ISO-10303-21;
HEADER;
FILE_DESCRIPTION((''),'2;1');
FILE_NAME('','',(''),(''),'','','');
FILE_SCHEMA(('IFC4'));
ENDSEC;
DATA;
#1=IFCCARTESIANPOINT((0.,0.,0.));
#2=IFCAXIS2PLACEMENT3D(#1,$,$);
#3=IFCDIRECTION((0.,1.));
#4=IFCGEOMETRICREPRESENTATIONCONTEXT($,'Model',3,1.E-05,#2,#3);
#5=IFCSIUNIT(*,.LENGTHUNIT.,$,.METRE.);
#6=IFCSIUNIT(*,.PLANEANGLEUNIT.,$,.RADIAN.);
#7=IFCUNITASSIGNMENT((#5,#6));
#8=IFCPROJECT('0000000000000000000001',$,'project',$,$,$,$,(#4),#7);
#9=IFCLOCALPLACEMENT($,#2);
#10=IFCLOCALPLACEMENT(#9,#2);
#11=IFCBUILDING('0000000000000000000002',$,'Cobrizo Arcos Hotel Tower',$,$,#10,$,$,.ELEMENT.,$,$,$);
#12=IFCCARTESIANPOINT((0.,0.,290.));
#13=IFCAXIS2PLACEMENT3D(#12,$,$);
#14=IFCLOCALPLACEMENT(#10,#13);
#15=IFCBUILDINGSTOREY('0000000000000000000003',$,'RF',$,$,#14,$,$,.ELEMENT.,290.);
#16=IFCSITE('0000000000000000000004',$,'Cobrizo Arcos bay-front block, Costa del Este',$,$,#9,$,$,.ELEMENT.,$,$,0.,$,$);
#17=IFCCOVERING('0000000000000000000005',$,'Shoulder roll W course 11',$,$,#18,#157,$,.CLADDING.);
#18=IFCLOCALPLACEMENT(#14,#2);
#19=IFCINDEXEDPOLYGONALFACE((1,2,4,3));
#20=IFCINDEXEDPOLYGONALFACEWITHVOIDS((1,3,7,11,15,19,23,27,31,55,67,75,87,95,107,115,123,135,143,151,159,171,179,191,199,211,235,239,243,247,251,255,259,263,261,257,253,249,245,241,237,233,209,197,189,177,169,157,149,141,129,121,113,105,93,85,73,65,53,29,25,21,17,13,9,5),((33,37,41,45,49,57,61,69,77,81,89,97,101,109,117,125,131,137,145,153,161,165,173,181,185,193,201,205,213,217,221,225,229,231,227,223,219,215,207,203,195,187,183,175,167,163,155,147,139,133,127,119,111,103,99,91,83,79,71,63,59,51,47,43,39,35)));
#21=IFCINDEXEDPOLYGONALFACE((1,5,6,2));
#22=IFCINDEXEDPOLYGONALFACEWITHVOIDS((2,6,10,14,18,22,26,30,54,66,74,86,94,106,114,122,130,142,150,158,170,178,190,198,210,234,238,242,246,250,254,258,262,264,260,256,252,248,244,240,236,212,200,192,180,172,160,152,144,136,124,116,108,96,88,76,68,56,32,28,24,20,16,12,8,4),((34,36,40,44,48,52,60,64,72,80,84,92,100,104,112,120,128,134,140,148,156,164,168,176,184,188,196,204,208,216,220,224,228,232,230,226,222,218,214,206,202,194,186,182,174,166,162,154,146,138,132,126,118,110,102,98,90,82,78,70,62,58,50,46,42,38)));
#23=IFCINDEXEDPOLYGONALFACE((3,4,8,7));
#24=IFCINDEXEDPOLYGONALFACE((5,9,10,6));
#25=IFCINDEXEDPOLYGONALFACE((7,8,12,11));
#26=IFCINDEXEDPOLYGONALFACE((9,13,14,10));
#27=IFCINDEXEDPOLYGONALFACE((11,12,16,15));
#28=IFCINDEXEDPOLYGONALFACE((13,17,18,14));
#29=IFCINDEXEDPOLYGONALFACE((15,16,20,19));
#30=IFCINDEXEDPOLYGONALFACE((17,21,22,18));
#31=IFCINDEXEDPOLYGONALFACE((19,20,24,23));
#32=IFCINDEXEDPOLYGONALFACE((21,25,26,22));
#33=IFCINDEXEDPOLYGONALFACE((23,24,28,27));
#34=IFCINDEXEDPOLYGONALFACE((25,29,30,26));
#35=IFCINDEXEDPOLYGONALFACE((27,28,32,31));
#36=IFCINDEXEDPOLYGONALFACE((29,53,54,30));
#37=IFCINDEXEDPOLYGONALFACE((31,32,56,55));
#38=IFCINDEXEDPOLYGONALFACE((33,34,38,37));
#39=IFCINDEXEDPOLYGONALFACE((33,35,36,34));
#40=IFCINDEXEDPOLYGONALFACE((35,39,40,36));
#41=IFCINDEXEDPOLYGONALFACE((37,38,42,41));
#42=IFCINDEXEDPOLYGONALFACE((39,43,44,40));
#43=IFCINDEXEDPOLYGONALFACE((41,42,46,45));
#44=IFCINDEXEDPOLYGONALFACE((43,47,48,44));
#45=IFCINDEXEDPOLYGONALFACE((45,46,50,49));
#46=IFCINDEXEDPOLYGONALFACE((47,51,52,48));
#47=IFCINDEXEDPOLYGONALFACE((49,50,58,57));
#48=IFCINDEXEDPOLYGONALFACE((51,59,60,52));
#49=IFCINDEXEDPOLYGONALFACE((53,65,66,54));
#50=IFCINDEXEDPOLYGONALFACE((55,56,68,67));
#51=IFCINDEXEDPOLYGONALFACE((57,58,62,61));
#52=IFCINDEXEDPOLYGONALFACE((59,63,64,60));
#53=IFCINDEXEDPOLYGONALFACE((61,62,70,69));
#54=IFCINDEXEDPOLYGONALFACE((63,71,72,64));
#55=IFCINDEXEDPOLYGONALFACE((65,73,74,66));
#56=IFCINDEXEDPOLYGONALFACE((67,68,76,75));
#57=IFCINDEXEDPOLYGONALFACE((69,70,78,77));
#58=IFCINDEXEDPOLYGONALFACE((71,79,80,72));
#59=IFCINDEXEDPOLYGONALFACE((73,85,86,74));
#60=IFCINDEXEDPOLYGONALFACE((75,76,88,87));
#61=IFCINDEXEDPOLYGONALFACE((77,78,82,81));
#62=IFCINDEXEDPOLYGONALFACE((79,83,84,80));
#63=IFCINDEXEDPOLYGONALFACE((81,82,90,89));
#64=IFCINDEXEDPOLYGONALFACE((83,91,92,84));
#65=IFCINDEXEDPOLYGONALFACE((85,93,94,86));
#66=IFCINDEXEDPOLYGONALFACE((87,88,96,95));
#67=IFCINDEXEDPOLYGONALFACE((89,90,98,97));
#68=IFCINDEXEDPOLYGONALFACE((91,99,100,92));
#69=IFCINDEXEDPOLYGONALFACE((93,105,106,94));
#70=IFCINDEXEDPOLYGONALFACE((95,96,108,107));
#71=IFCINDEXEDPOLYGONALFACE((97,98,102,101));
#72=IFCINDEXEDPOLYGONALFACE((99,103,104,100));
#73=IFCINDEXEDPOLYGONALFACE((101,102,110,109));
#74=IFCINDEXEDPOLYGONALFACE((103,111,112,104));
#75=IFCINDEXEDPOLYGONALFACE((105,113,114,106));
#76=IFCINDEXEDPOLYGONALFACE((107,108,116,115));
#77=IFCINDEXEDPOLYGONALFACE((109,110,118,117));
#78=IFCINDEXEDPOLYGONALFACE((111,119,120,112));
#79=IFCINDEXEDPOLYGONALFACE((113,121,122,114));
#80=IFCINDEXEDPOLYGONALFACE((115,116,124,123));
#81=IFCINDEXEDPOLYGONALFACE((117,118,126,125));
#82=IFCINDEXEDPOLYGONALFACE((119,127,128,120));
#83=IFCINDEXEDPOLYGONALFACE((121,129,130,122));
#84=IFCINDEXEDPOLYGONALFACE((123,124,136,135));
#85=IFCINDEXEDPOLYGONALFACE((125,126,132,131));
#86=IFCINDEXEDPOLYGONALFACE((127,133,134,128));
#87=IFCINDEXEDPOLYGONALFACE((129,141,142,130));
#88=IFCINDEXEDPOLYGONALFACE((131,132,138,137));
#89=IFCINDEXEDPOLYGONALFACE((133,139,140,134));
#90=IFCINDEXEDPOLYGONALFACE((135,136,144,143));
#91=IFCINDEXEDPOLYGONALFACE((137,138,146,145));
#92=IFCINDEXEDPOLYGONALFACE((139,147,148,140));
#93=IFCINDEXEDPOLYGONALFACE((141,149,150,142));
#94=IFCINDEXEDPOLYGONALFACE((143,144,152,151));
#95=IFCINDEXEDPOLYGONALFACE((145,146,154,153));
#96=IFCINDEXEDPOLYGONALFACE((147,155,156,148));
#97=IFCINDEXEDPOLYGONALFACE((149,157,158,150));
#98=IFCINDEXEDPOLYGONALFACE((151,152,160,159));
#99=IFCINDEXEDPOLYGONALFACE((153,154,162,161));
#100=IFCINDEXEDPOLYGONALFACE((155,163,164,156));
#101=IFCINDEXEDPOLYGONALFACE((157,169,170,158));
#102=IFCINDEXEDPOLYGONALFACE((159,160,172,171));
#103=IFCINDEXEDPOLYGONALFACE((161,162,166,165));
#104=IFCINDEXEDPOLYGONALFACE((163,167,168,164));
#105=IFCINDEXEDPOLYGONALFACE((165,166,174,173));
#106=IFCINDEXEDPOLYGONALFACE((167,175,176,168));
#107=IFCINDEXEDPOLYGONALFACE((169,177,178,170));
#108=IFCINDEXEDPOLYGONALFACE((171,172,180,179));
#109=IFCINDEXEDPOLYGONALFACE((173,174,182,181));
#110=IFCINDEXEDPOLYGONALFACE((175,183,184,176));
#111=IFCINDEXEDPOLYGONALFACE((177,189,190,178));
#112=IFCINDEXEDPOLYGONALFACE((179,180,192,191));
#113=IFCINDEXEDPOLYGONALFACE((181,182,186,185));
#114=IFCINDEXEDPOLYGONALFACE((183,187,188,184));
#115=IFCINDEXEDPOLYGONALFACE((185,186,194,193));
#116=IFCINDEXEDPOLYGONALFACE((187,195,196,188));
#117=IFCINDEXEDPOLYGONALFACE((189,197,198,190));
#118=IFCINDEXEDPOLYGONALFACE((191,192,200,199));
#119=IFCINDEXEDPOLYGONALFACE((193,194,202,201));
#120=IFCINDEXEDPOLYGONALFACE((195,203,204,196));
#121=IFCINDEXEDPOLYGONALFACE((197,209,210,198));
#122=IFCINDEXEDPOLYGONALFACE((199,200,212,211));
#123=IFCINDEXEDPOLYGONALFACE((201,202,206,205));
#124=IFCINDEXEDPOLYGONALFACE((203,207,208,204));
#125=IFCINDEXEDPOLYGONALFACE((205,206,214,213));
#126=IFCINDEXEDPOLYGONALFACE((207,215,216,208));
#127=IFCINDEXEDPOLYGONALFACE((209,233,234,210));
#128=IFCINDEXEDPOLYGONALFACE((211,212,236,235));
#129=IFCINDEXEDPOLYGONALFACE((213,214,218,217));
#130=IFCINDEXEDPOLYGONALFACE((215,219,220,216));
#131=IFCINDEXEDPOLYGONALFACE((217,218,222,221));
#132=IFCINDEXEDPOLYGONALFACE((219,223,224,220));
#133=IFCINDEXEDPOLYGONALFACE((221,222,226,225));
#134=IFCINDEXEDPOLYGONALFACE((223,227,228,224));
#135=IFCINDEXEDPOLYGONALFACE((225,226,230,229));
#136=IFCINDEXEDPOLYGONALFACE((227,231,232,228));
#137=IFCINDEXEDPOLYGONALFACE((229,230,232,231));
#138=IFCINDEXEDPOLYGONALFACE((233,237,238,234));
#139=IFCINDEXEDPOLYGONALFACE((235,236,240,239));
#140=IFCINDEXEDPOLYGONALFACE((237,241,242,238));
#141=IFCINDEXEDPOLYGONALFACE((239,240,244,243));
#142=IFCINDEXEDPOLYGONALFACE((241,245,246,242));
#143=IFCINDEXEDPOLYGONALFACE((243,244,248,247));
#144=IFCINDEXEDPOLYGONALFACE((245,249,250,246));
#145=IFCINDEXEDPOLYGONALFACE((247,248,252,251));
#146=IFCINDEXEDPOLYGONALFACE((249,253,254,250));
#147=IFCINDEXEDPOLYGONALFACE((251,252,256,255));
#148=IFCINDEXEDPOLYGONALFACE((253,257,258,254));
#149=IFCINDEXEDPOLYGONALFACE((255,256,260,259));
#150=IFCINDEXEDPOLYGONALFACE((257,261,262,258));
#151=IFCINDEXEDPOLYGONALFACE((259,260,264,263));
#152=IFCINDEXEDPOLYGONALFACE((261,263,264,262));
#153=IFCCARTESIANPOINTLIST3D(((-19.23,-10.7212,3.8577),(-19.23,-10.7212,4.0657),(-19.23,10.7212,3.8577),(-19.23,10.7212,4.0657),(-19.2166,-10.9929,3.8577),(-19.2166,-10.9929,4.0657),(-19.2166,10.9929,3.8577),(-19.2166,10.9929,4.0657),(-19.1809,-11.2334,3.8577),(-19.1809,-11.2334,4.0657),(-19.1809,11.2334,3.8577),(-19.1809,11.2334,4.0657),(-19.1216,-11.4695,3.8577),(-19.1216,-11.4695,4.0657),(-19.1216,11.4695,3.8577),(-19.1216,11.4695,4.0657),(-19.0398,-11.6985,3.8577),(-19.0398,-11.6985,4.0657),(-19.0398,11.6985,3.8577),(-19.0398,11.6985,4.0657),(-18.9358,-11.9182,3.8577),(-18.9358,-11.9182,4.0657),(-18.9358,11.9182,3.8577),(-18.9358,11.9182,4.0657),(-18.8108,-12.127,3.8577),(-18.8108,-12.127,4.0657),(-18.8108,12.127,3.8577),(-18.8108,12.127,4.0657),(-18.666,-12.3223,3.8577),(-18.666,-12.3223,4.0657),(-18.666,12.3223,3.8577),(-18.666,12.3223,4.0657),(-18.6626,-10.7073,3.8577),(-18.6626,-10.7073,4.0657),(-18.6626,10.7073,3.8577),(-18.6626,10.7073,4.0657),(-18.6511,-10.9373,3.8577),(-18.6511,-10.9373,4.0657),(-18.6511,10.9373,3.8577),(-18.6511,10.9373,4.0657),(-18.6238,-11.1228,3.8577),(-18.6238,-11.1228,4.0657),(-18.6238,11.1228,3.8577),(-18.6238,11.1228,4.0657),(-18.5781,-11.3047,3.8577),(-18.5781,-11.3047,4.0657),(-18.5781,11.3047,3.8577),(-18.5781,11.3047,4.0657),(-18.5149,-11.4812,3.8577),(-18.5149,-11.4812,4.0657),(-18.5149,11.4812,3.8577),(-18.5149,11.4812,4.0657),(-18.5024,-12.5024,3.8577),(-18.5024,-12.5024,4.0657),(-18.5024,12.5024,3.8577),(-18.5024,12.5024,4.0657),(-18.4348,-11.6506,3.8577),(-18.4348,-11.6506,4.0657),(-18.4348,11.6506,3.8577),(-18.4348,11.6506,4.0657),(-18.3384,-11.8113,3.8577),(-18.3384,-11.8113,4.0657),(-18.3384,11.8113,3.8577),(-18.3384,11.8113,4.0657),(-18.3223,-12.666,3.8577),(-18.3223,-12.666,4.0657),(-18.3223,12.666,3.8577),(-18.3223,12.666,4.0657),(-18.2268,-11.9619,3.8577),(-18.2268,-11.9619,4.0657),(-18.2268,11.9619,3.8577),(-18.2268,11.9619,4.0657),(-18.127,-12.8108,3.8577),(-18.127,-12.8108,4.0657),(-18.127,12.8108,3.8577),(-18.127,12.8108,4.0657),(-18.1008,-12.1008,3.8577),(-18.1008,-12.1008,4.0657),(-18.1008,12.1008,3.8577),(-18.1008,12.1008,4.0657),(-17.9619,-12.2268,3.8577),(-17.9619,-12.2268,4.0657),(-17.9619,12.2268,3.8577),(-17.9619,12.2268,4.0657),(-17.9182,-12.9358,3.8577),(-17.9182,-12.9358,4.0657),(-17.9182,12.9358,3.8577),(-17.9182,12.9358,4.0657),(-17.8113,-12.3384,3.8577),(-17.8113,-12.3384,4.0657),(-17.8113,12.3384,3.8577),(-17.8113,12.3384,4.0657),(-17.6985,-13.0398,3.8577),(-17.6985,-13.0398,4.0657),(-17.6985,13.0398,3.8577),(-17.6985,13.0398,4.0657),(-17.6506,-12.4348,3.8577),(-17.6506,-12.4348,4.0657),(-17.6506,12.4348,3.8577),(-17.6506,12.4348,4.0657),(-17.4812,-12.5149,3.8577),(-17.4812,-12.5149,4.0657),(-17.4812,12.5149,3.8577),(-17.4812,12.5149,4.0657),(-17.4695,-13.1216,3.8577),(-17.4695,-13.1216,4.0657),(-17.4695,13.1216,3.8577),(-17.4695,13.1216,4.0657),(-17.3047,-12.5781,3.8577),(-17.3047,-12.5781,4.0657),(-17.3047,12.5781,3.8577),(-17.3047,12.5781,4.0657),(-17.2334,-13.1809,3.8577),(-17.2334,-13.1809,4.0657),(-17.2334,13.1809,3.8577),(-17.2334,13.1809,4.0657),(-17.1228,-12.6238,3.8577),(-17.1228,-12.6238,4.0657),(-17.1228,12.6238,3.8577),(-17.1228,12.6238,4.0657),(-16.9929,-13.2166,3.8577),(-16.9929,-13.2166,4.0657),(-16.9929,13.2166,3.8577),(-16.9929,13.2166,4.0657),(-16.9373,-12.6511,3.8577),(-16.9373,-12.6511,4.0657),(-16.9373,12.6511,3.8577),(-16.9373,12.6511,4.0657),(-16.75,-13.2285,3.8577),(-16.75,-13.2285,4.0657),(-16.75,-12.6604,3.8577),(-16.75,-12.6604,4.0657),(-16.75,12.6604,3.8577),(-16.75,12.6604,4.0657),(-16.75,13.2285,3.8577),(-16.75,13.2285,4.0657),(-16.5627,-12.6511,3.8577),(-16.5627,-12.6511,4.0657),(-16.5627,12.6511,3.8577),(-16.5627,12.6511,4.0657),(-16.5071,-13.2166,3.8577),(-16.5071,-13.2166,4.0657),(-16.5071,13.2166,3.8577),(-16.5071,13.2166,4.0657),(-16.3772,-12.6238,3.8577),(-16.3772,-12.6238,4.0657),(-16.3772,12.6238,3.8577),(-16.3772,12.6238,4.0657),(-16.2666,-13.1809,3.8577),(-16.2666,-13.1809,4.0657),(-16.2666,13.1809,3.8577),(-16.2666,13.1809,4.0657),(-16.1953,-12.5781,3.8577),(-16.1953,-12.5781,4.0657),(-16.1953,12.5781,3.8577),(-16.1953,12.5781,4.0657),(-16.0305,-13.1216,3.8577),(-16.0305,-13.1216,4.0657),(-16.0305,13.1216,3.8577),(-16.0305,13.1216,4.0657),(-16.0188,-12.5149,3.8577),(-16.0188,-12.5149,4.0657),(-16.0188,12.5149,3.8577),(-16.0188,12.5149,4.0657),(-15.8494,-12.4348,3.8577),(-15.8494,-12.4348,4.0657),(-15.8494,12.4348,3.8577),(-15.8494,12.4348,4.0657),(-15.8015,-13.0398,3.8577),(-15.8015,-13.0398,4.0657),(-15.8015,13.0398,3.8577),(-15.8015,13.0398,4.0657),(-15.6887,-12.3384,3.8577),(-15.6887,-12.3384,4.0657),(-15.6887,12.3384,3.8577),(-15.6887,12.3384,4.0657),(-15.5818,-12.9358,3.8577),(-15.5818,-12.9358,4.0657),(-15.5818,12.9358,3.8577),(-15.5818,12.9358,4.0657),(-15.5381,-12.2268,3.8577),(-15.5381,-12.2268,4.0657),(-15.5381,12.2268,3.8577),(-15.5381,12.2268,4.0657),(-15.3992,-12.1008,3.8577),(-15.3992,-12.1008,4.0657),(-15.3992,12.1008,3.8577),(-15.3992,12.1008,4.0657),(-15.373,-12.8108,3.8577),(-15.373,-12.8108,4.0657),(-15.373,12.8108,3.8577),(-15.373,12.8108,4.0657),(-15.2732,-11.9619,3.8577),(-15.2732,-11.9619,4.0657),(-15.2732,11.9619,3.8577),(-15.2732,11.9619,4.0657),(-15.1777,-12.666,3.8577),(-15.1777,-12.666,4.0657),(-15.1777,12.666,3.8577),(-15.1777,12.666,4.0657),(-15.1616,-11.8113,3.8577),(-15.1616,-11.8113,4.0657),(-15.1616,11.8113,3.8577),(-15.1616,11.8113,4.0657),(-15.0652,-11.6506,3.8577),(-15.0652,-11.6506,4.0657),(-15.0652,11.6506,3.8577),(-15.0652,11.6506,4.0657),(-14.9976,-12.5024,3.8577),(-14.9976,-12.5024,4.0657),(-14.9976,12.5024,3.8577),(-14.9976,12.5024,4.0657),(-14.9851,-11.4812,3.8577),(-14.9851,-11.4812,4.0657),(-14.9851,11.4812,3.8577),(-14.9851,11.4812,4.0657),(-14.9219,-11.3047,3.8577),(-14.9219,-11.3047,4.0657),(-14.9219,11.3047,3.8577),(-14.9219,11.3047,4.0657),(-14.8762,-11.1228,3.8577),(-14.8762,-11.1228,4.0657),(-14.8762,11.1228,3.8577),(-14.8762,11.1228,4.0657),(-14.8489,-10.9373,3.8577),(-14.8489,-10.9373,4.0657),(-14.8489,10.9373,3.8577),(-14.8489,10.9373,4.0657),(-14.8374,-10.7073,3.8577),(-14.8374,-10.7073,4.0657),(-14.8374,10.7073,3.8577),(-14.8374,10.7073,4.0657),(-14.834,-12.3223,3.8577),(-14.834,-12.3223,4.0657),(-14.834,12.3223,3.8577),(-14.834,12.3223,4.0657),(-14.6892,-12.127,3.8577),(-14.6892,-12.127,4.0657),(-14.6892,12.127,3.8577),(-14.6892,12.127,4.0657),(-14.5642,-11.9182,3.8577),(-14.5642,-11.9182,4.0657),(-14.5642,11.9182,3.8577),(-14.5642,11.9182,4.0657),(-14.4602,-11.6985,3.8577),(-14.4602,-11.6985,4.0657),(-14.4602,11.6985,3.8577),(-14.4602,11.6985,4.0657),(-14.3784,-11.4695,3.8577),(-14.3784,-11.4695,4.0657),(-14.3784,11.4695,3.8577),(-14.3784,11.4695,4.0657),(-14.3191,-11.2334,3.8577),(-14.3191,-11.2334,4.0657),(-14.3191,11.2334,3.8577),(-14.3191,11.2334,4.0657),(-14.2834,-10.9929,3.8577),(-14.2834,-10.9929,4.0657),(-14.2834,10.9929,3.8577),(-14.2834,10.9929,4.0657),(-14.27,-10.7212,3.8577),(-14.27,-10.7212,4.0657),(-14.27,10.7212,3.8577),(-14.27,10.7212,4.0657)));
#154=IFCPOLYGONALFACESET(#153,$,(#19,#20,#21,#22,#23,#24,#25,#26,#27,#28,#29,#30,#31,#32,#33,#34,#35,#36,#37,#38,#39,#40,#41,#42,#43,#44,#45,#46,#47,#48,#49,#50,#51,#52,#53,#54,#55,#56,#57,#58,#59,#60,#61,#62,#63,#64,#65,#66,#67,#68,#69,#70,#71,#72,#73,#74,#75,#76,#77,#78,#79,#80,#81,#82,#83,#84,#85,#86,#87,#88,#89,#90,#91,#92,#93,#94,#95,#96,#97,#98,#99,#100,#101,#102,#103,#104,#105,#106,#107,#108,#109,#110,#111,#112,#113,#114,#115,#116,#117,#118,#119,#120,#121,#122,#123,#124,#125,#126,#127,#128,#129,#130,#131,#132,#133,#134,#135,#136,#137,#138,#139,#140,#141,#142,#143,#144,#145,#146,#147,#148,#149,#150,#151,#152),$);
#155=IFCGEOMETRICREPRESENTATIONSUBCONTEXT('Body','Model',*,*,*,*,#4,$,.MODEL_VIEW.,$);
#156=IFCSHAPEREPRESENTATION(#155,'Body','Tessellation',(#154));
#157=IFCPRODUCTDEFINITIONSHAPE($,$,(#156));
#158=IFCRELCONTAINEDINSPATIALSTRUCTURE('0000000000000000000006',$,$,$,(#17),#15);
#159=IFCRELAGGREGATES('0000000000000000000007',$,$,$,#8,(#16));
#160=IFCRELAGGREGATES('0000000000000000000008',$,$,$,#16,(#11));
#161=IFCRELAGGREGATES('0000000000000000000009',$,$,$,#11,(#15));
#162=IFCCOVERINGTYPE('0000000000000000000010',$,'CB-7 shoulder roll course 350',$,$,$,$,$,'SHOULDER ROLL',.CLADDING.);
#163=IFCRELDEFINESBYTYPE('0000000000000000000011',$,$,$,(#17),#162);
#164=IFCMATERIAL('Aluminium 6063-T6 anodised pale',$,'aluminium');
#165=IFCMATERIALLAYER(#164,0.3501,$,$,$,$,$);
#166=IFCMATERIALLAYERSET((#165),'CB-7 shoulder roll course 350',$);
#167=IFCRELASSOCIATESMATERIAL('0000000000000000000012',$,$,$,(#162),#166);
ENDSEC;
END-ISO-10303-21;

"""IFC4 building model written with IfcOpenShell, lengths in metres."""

from ifc_helpers import new_model, si_unit, direction, frame, origin, place, context, subcontext, project, spatial, polyline, outline, extrude, material, layer, layer_set, type_object, element, save


model = new_model("IFC4")

# Units and contexts
model_context = context("Model", 3, precision=1e-05, world=origin(), true_north=direction((0.0, 1.0)))
body_context = subcontext(model_context, "Body", "Model", "MODEL_VIEW")
ifc_project = project(units=[si_unit("LENGTHUNIT", "METRE"), si_unit("PLANEANGLEUNIT", "RADIAN")], contexts=[model_context])

# Site, building, storey
site_placement = place(None, origin())
site = spatial("IfcSite", under=ifc_project, at=site_placement, Name="Cobrizo Arcos bay-front block, Costa del Este", CompositionType="ELEMENT", RefElevation=0.0)
building_placement = place(site_placement, origin())
building = spatial("IfcBuilding", under=site, at=building_placement, Name="Cobrizo Arcos Hotel Tower", CompositionType="ELEMENT")
storey_placement = place(building_placement, frame((0.0, 0.0, 290.0)))
storey = spatial("IfcBuildingStorey", under=building, at=storey_placement, Name="RF", CompositionType="ELEMENT", Elevation=290.0)

# Covering
ifc_material_1 = material(Name="Aluminium 6063-T6 anodised pale", Category="aluminium")
ifc_layer_1 = layer(ifc_material_1, 0.3501)
ifc_layer_set_1 = layer_set([ifc_layer_1], Name="CB-7 shoulder roll course 350")
covering_type_1 = type_object("IfcCoveringType", Name="CB-7 shoulder roll course 350", ElementType="SHOULDER ROLL", PredefinedType="CLADDING", material=ifc_layer_set_1)
covering_1_placement = place(storey_placement, frame((0.0, 0.0, 3.8577)))
element("IfcCovering", 1, at=covering_1_placement, inside=storey, type_object=covering_type_1, Name="Shoulder roll W course 11", PredefinedType="CLADDING", context=body_context, shape_type="SweptSolid", body=[
    extrude(outline(polyline([(-19.23, 10.7212), (-19.2166, 10.9929), (-19.1809, 11.2334), (-19.1216, 11.4695), (-19.0398, 11.6985), (-18.9358, 11.9182), (-18.8108, 12.127), (-18.666, 12.3223), (-18.5024, 12.5024), (-18.3223, 12.666), (-18.127, 12.8108), (-17.9182, 12.9358), (-17.6985, 13.0398), (-17.4695, 13.1216), (-17.2334, 13.1809), (-16.9929, 13.2166), (-16.75, 13.2285), (-16.5071, 13.2166), (-16.2666, 13.1809), (-16.0305, 13.1216), (-15.8015, 13.0398), (-15.5818, 12.9358), (-15.373, 12.8108), (-15.1777, 12.666), (-14.9976, 12.5024), (-14.834, 12.3223), (-14.6892, 12.127), (-14.5642, 11.9182), (-14.4602, 11.6985), (-14.3784, 11.4695), (-14.3191, 11.2334), (-14.2834, 10.9929), (-14.27, 10.7212), (-14.27, -10.7212), (-14.2834, -10.9929), (-14.3191, -11.2334), (-14.3784, -11.4695), (-14.4602, -11.6985), (-14.5642, -11.9182), (-14.6892, -12.127), (-14.834, -12.3223), (-14.9976, -12.5024), (-15.1777, -12.666), (-15.373, -12.8108), (-15.5818, -12.9358), (-15.8015, -13.0398), (-16.0305, -13.1216), (-16.2666, -13.1809), (-16.5071, -13.2166), (-16.75, -13.2285), (-16.9929, -13.2166), (-17.2334, -13.1809), (-17.4695, -13.1216), (-17.6985, -13.0398), (-17.9182, -12.9358), (-18.127, -12.8108), (-18.3223, -12.666), (-18.5024, -12.5024), (-18.666, -12.3223), (-18.8108, -12.127), (-18.9358, -11.9182), (-19.0398, -11.6985), (-19.1216, -11.4695), (-19.1809, -11.2334), (-19.2166, -10.9929), (-19.23, -10.7212), (-19.23, 10.7212)]), holes=[polyline([(-18.6626, 10.7073), (-18.6511, 10.9373), (-18.6238, 11.1228), (-18.5781, 11.3047), (-18.5149, 11.4812), (-18.4348, 11.6506), (-18.3384, 11.8113), (-18.2268, 11.9619), (-18.1008, 12.1008), (-17.9619, 12.2268), (-17.8113, 12.3384), (-17.6506, 12.4348), (-17.4812, 12.5149), (-17.3047, 12.5781), (-17.1228, 12.6238), (-16.9373, 12.6511), (-16.75, 12.6604), (-16.5627, 12.6511), (-16.3772, 12.6238), (-16.1953, 12.5781), (-16.0188, 12.5149), (-15.8494, 12.4348), (-15.6887, 12.3384), (-15.5381, 12.2268), (-15.3992, 12.1008), (-15.2732, 11.9619), (-15.1616, 11.8113), (-15.0652, 11.6506), (-14.9851, 11.4812), (-14.9219, 11.3047), (-14.8762, 11.1228), (-14.8489, 10.9373), (-14.8374, 10.7073), (-14.8374, -10.7073), (-14.8489, -10.9373), (-14.8762, -11.1228), (-14.9219, -11.3047), (-14.9851, -11.4812), (-15.0652, -11.6506), (-15.1616, -11.8113), (-15.2732, -11.9619), (-15.3992, -12.1008), (-15.5381, -12.2268), (-15.6887, -12.3384), (-15.8494, -12.4348), (-16.0188, -12.5149), (-16.1953, -12.5781), (-16.3772, -12.6238), (-16.5627, -12.6511), (-16.75, -12.6604), (-16.9373, -12.6511), (-17.1228, -12.6238), (-17.3047, -12.5781), (-17.4812, -12.5149), (-17.6506, -12.4348), (-17.8113, -12.3384), (-17.9619, -12.2268), (-18.1008, -12.1008), (-18.2268, -11.9619), (-18.3384, -11.8113), (-18.4348, -11.6506), (-18.5149, -11.4812), (-18.5781, -11.3047), (-18.6238, -11.1228), (-18.6511, -10.9373), (-18.6626, -10.7073), (-18.6626, 10.7073)])]), origin(), (0.0, 0.0, 1.0), 0.208),
])

save(model, "model.ifc")
